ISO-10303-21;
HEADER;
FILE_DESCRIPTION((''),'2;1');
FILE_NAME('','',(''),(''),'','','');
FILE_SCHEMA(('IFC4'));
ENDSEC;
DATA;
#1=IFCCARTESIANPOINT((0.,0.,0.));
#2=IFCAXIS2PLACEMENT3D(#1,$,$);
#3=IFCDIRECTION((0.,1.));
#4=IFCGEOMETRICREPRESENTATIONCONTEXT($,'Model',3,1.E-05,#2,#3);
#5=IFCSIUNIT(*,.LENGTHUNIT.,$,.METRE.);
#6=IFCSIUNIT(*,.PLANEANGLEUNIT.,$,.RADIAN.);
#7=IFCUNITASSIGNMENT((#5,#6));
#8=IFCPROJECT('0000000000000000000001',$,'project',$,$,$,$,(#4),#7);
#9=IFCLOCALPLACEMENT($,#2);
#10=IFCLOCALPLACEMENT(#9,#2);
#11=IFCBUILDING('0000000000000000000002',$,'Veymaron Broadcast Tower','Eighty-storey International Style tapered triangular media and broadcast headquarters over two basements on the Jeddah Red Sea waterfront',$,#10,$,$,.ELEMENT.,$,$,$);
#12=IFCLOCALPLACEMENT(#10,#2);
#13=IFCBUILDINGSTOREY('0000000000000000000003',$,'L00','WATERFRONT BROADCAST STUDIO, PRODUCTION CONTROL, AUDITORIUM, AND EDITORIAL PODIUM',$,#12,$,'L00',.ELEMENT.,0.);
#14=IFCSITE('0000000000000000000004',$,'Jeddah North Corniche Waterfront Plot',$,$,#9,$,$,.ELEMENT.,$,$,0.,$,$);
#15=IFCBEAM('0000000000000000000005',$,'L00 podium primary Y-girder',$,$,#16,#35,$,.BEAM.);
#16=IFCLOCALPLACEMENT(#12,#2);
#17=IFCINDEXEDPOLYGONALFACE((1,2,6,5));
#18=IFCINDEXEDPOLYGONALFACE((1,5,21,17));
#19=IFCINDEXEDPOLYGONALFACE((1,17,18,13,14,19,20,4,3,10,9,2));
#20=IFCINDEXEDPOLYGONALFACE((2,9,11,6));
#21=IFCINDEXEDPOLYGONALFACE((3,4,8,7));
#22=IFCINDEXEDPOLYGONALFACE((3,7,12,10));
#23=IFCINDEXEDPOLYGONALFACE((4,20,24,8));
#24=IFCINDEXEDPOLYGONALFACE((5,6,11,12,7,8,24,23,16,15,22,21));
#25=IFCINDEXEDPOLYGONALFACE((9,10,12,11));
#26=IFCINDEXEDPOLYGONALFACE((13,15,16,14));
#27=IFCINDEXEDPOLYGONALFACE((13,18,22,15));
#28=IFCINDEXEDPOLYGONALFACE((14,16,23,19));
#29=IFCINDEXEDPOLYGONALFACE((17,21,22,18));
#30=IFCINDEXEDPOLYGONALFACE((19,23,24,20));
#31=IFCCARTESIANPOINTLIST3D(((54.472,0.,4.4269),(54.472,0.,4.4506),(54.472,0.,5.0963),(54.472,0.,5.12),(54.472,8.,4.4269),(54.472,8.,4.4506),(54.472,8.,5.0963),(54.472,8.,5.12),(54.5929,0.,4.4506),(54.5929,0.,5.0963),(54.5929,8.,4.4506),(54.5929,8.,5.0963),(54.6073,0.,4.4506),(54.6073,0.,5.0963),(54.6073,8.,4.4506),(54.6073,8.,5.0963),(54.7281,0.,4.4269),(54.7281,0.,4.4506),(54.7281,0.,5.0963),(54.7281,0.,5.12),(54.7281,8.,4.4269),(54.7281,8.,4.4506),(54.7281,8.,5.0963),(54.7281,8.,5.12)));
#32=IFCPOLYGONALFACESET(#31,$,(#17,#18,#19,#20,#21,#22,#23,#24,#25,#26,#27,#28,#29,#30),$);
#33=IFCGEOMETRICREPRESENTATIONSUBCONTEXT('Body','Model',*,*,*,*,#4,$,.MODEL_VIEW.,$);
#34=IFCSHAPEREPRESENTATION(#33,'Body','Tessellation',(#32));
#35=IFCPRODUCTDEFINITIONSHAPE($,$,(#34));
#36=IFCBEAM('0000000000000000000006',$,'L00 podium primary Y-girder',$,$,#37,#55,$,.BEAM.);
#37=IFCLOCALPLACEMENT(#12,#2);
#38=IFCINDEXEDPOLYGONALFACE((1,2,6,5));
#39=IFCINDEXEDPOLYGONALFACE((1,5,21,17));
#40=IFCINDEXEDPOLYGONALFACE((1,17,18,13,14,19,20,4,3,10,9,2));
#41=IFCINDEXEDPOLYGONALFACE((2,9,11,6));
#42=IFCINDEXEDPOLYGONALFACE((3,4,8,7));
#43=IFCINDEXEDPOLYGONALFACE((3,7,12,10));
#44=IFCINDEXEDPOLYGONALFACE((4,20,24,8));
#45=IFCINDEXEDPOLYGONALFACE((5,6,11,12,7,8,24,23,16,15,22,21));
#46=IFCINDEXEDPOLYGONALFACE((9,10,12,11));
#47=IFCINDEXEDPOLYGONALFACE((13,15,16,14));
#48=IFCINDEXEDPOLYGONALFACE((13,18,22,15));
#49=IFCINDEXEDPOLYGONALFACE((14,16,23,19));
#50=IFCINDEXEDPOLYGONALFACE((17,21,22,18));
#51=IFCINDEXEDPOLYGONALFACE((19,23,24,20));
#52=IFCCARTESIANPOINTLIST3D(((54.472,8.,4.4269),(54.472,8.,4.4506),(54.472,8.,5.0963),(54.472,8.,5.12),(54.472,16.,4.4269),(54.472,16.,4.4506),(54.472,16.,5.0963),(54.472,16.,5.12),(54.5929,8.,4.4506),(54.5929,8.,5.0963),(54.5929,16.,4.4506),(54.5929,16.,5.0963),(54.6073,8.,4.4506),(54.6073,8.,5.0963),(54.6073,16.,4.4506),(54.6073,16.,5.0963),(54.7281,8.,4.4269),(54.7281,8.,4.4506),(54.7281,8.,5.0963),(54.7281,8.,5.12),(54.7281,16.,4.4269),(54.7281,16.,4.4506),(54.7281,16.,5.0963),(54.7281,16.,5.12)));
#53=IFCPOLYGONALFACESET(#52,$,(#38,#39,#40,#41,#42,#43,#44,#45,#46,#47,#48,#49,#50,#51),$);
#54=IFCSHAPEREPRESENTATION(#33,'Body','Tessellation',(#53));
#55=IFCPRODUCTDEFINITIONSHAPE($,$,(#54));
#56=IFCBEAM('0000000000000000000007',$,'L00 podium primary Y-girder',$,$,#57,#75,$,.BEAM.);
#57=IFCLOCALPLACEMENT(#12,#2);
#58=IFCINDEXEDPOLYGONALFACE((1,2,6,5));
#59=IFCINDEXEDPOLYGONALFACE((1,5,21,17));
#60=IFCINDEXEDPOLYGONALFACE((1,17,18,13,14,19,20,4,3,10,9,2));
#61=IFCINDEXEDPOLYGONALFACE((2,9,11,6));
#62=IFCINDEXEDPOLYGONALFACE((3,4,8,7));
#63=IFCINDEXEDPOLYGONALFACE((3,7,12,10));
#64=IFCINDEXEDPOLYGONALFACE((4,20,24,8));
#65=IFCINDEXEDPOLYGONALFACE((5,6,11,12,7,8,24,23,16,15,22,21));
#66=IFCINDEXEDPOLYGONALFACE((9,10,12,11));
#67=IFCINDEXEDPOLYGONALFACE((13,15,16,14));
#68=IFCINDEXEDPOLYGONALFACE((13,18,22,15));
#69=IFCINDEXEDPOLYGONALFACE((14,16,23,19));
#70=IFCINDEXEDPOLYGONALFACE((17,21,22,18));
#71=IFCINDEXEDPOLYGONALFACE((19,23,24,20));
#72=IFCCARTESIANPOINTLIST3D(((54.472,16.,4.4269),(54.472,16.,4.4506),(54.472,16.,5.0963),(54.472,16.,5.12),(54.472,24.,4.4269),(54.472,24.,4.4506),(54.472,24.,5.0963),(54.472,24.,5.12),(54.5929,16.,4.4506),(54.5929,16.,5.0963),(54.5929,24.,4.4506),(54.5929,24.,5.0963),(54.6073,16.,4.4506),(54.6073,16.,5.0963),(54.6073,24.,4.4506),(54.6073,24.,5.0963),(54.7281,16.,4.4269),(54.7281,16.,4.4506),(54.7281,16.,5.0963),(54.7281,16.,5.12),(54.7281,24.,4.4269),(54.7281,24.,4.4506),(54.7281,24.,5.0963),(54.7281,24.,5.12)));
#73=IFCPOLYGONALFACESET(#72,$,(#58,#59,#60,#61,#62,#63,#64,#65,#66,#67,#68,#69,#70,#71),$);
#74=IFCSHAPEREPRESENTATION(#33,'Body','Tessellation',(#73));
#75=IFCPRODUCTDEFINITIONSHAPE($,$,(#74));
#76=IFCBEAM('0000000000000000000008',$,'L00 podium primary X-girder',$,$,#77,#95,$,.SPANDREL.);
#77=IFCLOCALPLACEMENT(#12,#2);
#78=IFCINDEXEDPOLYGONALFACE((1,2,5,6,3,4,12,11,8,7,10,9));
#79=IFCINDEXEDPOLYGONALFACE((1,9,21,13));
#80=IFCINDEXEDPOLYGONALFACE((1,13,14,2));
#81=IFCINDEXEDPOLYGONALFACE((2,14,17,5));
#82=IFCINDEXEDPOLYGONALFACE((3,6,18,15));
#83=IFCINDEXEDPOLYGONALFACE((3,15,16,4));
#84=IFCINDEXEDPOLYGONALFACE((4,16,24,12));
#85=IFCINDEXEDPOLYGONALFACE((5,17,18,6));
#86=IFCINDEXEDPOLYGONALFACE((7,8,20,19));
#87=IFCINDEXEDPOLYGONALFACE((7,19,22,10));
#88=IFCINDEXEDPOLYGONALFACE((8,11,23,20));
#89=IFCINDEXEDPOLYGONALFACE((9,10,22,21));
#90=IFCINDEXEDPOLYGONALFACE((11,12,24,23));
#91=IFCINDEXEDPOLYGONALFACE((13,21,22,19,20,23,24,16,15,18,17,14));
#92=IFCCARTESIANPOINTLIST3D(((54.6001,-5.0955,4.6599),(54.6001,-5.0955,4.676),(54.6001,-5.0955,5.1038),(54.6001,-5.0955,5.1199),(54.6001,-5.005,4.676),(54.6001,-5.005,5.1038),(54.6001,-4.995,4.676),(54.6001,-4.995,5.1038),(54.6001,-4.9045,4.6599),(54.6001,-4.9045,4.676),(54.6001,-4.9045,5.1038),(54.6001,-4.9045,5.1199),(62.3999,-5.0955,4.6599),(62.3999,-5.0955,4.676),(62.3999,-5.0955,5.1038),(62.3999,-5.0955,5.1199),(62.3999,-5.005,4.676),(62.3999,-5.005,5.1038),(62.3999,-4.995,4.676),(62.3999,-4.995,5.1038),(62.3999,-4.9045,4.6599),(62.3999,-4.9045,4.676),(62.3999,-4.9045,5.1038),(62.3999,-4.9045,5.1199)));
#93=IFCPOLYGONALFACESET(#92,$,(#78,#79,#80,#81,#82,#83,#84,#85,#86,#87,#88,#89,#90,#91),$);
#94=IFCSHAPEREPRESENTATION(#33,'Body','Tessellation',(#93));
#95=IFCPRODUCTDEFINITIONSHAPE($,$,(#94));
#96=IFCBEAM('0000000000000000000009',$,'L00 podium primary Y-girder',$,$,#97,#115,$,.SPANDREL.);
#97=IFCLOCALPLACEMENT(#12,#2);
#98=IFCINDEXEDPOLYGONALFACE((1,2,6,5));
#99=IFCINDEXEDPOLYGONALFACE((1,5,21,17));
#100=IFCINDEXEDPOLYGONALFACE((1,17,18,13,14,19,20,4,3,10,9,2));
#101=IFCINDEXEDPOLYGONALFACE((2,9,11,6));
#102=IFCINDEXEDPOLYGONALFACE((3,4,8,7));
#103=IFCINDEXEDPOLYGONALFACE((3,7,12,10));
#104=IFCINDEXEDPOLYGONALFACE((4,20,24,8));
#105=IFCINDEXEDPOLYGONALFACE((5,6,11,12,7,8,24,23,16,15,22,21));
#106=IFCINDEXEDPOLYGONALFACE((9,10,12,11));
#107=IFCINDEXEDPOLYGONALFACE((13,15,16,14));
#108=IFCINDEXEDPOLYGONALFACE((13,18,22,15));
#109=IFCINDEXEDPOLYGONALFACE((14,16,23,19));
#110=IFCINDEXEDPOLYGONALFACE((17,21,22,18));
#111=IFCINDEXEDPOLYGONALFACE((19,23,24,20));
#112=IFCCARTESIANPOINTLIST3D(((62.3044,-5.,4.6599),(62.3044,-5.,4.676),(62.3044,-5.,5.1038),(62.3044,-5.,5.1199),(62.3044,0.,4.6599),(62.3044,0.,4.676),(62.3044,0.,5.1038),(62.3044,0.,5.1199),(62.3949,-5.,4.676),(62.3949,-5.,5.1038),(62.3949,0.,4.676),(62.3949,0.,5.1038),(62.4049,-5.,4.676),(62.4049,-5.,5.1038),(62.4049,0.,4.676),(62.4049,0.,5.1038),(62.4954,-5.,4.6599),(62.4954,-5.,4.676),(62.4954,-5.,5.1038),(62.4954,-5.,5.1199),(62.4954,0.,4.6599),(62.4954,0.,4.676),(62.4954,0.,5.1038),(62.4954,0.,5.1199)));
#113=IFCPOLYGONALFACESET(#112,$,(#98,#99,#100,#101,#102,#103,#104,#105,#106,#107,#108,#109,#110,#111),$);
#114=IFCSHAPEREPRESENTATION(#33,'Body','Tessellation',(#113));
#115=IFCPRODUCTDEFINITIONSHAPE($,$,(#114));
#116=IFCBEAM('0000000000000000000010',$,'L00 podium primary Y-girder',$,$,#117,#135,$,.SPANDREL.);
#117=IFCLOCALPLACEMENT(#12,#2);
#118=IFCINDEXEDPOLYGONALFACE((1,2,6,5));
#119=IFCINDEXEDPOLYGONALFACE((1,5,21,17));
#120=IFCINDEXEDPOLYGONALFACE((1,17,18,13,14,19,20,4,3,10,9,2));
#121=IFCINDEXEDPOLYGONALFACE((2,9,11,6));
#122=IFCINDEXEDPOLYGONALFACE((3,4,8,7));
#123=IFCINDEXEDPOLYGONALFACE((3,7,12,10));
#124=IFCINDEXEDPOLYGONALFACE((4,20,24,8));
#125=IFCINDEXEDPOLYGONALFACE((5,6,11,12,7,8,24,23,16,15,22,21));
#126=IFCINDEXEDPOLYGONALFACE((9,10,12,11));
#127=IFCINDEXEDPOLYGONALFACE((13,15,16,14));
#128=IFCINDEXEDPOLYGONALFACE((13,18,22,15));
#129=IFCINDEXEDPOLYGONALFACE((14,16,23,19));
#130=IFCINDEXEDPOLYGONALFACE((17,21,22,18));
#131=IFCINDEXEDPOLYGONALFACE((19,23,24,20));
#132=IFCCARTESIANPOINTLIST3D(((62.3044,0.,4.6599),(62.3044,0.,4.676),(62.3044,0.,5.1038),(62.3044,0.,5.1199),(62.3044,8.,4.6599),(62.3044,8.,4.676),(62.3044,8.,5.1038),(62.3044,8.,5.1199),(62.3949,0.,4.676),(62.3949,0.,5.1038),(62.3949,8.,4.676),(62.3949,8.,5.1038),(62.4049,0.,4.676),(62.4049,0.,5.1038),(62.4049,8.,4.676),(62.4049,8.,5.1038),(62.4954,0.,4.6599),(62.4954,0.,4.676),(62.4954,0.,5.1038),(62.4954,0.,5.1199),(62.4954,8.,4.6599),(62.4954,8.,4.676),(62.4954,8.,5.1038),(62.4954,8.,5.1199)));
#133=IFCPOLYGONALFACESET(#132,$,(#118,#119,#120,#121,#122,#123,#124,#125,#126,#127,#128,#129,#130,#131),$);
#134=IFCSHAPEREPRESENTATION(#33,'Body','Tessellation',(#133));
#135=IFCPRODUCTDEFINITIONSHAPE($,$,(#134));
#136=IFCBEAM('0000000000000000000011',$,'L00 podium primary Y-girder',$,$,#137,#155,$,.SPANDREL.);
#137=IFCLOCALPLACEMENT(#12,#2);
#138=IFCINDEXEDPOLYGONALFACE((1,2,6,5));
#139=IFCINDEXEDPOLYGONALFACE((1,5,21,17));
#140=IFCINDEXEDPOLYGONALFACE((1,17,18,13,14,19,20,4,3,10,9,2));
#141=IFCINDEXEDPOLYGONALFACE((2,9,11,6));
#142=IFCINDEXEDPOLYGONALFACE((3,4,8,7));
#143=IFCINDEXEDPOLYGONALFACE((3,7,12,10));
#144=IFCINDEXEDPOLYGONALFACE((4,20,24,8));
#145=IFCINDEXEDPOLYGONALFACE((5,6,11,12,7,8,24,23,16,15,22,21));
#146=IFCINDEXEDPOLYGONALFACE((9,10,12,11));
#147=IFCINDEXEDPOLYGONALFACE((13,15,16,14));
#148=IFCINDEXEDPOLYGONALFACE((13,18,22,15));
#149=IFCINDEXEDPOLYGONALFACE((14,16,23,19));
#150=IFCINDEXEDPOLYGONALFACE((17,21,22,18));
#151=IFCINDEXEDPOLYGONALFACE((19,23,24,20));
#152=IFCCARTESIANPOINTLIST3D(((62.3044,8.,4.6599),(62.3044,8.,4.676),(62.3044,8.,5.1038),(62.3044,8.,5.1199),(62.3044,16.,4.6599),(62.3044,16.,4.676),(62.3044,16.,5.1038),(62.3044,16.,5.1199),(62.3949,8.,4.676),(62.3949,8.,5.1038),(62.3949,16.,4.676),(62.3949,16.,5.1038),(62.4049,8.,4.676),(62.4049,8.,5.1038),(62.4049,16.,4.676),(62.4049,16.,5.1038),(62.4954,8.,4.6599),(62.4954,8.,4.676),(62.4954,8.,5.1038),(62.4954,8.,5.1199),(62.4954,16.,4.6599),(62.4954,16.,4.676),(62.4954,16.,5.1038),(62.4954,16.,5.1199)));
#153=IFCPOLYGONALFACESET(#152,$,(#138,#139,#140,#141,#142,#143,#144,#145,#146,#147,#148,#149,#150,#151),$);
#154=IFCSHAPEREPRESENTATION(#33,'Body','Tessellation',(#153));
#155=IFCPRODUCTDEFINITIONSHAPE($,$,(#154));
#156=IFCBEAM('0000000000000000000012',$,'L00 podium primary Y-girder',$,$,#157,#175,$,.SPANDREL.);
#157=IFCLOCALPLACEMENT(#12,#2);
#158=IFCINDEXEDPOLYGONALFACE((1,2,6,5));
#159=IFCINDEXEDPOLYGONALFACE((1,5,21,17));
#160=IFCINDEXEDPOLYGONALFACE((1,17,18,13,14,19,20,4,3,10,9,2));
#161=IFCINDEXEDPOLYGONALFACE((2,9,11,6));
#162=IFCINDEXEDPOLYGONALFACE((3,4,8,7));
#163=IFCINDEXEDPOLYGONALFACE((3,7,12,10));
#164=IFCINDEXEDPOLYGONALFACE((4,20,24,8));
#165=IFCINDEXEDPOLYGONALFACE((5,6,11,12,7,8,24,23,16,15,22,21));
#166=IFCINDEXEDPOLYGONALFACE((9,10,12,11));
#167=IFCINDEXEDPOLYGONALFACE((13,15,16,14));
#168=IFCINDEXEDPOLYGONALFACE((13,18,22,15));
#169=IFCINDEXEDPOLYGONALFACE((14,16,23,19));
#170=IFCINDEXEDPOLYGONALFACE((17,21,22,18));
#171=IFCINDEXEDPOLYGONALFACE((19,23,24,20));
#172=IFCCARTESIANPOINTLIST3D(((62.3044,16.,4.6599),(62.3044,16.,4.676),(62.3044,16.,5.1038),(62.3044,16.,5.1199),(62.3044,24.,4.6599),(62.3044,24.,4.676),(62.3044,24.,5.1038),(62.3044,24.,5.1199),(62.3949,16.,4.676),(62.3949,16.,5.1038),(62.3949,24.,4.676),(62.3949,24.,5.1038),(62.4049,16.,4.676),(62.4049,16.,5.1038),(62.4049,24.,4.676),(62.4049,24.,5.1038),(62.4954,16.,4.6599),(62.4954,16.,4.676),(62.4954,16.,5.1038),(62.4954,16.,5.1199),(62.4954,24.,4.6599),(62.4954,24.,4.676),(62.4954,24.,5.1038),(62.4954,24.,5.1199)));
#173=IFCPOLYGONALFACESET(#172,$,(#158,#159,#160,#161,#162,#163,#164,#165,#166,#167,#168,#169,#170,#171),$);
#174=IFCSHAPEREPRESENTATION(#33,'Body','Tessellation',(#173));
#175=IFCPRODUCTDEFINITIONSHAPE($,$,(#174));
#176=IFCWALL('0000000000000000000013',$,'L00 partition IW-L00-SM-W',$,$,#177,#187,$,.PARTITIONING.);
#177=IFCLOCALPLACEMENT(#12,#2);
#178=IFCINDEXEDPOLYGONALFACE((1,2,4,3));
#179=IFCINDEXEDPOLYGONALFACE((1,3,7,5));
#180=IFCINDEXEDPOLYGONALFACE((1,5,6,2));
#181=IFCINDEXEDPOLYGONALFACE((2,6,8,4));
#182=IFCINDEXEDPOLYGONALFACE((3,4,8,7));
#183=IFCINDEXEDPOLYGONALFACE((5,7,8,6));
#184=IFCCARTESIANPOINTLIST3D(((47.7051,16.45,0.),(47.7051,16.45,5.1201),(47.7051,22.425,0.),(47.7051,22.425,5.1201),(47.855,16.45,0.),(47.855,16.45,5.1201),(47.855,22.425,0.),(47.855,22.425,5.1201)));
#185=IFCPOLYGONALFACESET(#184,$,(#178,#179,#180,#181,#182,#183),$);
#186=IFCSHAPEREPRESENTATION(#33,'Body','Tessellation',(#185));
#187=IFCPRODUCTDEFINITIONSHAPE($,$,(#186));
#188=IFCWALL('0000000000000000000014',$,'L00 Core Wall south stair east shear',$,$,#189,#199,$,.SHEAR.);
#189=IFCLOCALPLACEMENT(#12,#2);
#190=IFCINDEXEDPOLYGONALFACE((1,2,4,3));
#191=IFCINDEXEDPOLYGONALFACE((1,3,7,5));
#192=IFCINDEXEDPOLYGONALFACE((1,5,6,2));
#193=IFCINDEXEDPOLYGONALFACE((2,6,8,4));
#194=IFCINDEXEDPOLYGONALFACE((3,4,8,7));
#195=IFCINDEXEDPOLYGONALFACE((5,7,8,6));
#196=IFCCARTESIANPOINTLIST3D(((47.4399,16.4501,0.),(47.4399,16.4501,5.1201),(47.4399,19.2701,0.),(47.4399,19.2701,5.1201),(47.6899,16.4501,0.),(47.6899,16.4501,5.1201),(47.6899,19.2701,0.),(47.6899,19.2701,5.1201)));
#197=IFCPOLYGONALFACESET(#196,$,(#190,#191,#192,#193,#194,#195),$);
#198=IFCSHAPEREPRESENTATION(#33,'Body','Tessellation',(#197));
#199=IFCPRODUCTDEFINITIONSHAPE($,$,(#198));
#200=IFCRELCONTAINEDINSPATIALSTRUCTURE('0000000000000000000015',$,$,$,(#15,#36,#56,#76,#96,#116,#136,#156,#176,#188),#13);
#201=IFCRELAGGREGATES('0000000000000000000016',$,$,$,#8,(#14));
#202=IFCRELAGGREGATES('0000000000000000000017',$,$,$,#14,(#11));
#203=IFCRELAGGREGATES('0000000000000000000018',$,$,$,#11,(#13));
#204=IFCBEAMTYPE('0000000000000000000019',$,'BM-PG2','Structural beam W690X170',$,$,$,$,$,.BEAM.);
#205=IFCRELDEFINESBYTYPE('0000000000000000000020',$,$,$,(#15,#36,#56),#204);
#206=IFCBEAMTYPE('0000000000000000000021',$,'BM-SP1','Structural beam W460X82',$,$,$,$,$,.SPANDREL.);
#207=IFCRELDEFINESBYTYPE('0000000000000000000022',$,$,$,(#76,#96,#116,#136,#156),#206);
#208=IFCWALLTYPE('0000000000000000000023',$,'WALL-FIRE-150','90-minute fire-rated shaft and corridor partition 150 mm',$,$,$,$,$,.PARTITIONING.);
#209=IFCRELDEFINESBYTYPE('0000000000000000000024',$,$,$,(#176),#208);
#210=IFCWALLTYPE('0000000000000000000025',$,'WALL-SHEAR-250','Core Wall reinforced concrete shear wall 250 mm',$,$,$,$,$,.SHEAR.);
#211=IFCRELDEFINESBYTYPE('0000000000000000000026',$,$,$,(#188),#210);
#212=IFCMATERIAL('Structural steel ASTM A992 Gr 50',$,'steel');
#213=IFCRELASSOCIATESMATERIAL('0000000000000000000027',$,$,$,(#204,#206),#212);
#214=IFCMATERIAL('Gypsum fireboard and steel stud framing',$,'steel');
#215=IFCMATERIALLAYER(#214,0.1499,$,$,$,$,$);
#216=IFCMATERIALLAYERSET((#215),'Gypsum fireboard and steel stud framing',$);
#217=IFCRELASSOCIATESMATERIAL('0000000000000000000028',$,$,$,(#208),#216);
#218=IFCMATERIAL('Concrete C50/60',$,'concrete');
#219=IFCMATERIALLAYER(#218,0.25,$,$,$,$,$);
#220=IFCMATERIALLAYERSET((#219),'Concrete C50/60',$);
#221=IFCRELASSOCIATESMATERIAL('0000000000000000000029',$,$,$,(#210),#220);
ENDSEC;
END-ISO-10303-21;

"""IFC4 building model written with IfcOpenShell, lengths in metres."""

from ifc_helpers import new_model, si_unit, direction, frame, frame_2d, origin, origin_2d, place, context, subcontext, project, spatial, rectangle, i_section, extrude, material, layer, layer_set, material_profile, profile_set, type_object, element, save


model = new_model("IFC4")

# Units and contexts
model_context = context("Model", 3, precision=1e-05, world=origin(), true_north=direction((0.0, 1.0)))
body_context = subcontext(model_context, "Body", "Model", "MODEL_VIEW")
ifc_project = project(units=[si_unit("LENGTHUNIT", "METRE"), si_unit("PLANEANGLEUNIT", "RADIAN")], contexts=[model_context])

# Site, building, storey
site_placement = place(None, origin())
site = spatial("IfcSite", under=ifc_project, at=site_placement, Name="Jeddah North Corniche Waterfront Plot", CompositionType="ELEMENT", RefElevation=0.0)
building_placement = place(site_placement, origin())
building = spatial("IfcBuilding", under=site, at=building_placement, Name="Veymaron Broadcast Tower", Description="Eighty-storey International Style tapered triangular media and broadcast headquarters over two basements on the Jeddah Red Sea waterfront", CompositionType="ELEMENT")
storey_placement = place(building_placement, origin())
storey = spatial("IfcBuildingStorey", under=building, at=storey_placement, Name="L00", Description="WATERFRONT BROADCAST STUDIO, PRODUCTION CONTROL, AUDITORIUM, AND EDITORIAL PODIUM", LongName="L00", CompositionType="ELEMENT", Elevation=0.0)

# Shared definitions
ifc_material_1 = material(Name="Concrete C50/60", Category="concrete")

# Beams
ifc_material_2 = material(Name="Structural steel ASTM A992 Gr 50", Category="steel")
ifc_material_profile_1 = material_profile(ifc_material_2, i_section(OverallWidth=0.2561, OverallDepth=0.6931, WebThickness=0.0144, FlangeThickness=0.0237, at=origin_2d()), Name="W690X170")
ifc_profile_set_1 = profile_set([ifc_material_profile_1], Name="Structural steel ASTM A992 Gr 50")
beam_type_1 = type_object("IfcBeamType", Name="BM-PG2", Description="Structural beam W690X170", PredefinedType="BEAM", material=ifc_profile_set_1)
for number, where, z_axis, x_axis, name in (
    (1, (54.6001, 0.0, 4.7734), (0.0, 1.0, 0.0), (-1.0, 0.0, 0.0), "L00 podium primary Y-girder"),
    (2, (54.6001, 8.0, 4.7734), (0.0, 1.0, 0.0), (-1.0, 0.0, 0.0), "L00 podium primary Y-girder"),
    (3, (54.6001, 16.0, 4.7734), (0.0, 1.0, 0.0), (-1.0, 0.0, 0.0), "L00 podium primary Y-girder"),
):
    element("IfcBeam", number, at=place(storey_placement, frame(where, z_axis=z_axis, x_axis=x_axis)), inside=storey, type_object=beam_type_1, Name=name, PredefinedType="BEAM", context=body_context, shape_type="SweptSolid", body=[
        extrude(i_section(OverallWidth=0.2561, OverallDepth=0.6931, WebThickness=0.0144, FlangeThickness=0.0237, at=origin_2d()), origin(), (0.0, 0.0, 1.0), 8.0),
    ])
ifc_material_profile_2 = material_profile(ifc_material_2, i_section(OverallWidth=0.1909, OverallDepth=0.46, WebThickness=0.01, FlangeThickness=0.0161, at=origin_2d()), Name="W460X82")
ifc_profile_set_2 = profile_set([ifc_material_profile_2], Name="Structural steel ASTM A992 Gr 50")
beam_type_2 = type_object("IfcBeamType", Name="BM-SP1", Description="Structural beam W460X82", PredefinedType="SPANDREL", material=ifc_profile_set_2)
beam_1_placement = place(storey_placement, frame((54.6001, -5.0, 4.8899), z_axis=(1.0, 0.0, 0.0), x_axis=(0.0, 1.0, 0.0)))
element("IfcBeam", 4, at=beam_1_placement, inside=storey, type_object=beam_type_2, Name="L00 podium primary X-girder", PredefinedType="SPANDREL", context=body_context, shape_type="SweptSolid", body=[
    extrude(i_section(OverallWidth=0.1909, OverallDepth=0.46, WebThickness=0.01, FlangeThickness=0.0161, at=origin_2d()), origin(), (0.0, 0.0, 1.0), 7.7998),
])
beam_2_placement = place(storey_placement, frame((62.3999, -5.0, 4.8899), z_axis=(0.0, 1.0, 0.0), x_axis=(-1.0, 0.0, 0.0)))
element("IfcBeam", 5, at=beam_2_placement, inside=storey, type_object=beam_type_2, Name="L00 podium primary Y-girder", PredefinedType="SPANDREL", context=body_context, shape_type="SweptSolid", body=[
    extrude(i_section(OverallWidth=0.1909, OverallDepth=0.46, WebThickness=0.01, FlangeThickness=0.0161, at=origin_2d()), origin(), (0.0, 0.0, 1.0), 5.0),
])
for number, where, z_axis, x_axis, name in (
    (6, (62.3999, 0.0, 4.8899), (0.0, 1.0, 0.0), (-1.0, 0.0, 0.0), "L00 podium primary Y-girder"),
    (7, (62.3999, 8.0, 4.8899), (0.0, 1.0, 0.0), (-1.0, 0.0, 0.0), "L00 podium primary Y-girder"),
    (8, (62.3999, 16.0, 4.8899), (0.0, 1.0, 0.0), (-1.0, 0.0, 0.0), "L00 podium primary Y-girder"),
):
    element("IfcBeam", number, at=place(storey_placement, frame(where, z_axis=z_axis, x_axis=x_axis)), inside=storey, type_object=beam_type_2, Name=name, PredefinedType="SPANDREL", context=body_context, shape_type="SweptSolid", body=[
        extrude(i_section(OverallWidth=0.1909, OverallDepth=0.46, WebThickness=0.01, FlangeThickness=0.0161, at=origin_2d()), origin(), (0.0, 0.0, 1.0), 8.0),
    ])

# Walls
ifc_material_3 = material(Name="Gypsum fireboard and steel stud framing", Category="steel")
ifc_layer_1 = layer(ifc_material_3, 0.1499)
ifc_layer_set_1 = layer_set([ifc_layer_1], Name="Gypsum fireboard and steel stud framing")
wall_type_1 = type_object("IfcWallType", Name="WALL-FIRE-150", Description="90-minute fire-rated shaft and corridor partition 150 mm", PredefinedType="PARTITIONING", material=ifc_layer_set_1)
wall_1_placement = place(storey_placement, frame((47.78, 16.45, 0.0), z_axis=(0.0, 0.0, 1.0), x_axis=(0.0, 1.0, 0.0)))
element("IfcWall", 9, at=wall_1_placement, inside=storey, type_object=wall_type_1, Name="L00 partition IW-L00-SM-W", PredefinedType="PARTITIONING", context=body_context, shape_type="SweptSolid", body=[
    extrude(rectangle(XDim=5.9751, YDim=0.1499, at=frame_2d((2.9875, 0.0))), origin(), (0.0, 0.0, 1.0), 5.1201),
])
ifc_layer_2 = layer(ifc_material_1, 0.25)
ifc_layer_set_2 = layer_set([ifc_layer_2], Name="Concrete C50/60")
wall_type_2 = type_object("IfcWallType", Name="WALL-SHEAR-250", Description="Core Wall reinforced concrete shear wall 250 mm", PredefinedType="SHEAR", material=ifc_layer_set_2)
wall_2_placement = place(storey_placement, frame((47.5649, 16.45, 0.0), z_axis=(0.0, 0.0, 1.0), x_axis=(0.0, 1.0, 0.0)))
element("IfcWall", 10, at=wall_2_placement, inside=storey, type_object=wall_type_2, Name="L00 Core Wall south stair east shear", PredefinedType="SHEAR", context=body_context, shape_type="SweptSolid", body=[
    extrude(rectangle(XDim=2.8201, YDim=0.25, at=frame_2d((1.4102, 0.0))), origin(), (0.0, 0.0, 1.0), 5.1201),
])

save(model, "model.ifc")
